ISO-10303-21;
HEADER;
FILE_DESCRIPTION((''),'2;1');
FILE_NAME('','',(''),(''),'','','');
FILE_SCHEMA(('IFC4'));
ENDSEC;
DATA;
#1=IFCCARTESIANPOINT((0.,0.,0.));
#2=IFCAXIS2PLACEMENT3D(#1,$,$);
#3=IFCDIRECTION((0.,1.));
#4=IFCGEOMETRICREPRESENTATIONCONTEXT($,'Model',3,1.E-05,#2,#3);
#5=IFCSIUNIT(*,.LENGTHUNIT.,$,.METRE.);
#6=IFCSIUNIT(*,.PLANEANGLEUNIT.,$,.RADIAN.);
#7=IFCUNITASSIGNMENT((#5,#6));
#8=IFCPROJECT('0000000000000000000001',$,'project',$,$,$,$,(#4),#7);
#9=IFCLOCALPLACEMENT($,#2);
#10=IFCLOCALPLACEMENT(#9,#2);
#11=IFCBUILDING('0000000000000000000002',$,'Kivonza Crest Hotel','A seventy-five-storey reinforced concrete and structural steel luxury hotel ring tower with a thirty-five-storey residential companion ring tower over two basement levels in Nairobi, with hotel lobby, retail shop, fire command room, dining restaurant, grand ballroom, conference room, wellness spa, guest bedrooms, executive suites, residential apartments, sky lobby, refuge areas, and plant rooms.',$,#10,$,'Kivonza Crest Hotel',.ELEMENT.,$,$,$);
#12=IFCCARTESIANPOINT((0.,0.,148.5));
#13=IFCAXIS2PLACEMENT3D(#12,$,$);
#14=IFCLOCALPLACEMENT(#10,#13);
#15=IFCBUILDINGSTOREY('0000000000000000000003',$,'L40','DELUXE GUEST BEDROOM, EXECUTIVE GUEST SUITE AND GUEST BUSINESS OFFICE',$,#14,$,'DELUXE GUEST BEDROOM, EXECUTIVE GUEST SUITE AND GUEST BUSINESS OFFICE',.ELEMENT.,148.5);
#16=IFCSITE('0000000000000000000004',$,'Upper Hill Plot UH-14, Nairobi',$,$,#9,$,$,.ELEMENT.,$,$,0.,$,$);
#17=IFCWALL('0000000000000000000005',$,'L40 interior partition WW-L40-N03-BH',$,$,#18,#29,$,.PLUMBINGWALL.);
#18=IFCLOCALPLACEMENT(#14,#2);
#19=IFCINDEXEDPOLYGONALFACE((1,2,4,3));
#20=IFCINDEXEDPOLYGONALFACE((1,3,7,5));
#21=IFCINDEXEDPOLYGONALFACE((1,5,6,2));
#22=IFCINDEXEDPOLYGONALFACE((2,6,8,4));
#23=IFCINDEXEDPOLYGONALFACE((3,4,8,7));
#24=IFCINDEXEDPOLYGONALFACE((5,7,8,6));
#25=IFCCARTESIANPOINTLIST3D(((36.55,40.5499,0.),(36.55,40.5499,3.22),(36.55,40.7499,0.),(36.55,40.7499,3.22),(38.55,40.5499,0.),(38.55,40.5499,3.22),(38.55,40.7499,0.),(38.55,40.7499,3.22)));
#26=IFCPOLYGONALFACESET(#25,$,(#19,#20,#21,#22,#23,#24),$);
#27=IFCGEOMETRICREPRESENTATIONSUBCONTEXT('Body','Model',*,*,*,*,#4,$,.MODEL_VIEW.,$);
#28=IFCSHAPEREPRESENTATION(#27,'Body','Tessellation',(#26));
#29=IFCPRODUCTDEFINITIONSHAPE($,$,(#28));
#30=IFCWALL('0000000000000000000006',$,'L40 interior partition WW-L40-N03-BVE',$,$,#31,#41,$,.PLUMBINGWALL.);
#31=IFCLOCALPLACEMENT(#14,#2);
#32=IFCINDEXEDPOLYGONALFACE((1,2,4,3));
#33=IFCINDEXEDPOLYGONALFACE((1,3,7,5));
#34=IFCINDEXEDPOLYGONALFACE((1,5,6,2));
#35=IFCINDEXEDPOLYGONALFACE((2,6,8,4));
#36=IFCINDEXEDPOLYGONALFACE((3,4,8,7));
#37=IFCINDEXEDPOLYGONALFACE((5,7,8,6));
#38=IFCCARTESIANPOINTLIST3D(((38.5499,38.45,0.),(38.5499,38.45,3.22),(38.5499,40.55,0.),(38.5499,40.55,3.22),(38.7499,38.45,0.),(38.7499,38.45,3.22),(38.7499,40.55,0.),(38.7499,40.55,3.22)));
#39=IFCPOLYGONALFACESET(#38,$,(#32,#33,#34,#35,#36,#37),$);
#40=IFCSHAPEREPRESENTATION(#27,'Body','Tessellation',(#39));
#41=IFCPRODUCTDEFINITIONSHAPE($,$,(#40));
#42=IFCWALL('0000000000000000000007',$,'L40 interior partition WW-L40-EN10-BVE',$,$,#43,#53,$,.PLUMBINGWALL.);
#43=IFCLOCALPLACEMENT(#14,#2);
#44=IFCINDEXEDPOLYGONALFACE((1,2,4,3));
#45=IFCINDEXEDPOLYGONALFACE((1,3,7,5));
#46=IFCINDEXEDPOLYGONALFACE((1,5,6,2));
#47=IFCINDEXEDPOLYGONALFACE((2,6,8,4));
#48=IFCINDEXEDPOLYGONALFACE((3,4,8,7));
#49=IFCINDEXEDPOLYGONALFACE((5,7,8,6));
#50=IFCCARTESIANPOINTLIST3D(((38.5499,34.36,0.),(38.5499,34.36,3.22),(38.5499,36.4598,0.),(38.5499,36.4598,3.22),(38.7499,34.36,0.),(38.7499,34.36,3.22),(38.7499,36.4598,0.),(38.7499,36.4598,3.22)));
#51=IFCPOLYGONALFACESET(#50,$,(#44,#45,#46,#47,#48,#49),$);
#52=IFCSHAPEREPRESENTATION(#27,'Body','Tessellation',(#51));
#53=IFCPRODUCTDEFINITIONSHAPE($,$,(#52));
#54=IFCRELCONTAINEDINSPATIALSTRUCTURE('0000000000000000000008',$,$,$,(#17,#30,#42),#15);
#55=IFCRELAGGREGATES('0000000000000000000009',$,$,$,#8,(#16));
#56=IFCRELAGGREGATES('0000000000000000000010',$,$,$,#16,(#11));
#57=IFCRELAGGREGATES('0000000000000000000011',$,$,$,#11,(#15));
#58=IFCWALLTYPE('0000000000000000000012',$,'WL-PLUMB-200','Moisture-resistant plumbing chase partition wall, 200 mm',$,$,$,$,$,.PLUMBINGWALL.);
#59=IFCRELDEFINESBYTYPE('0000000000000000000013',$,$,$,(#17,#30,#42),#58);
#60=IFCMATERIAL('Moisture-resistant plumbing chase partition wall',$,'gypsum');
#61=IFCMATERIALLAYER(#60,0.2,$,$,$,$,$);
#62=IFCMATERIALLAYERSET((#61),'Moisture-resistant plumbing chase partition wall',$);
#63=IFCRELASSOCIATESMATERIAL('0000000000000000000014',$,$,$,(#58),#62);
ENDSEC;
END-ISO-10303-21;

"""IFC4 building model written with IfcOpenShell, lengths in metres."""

from ifc_helpers import new_model, si_unit, direction, frame, frame_2d, origin, place, context, subcontext, project, spatial, rectangle, extrude, material, layer, layer_set, type_object, element, save


model = new_model("IFC4")

# Units and contexts
model_context = context("Model", 3, precision=1e-05, world=origin(), true_north=direction((0.0, 1.0)))
body_context = subcontext(model_context, "Body", "Model", "MODEL_VIEW")
ifc_project = project(units=[si_unit("LENGTHUNIT", "METRE"), si_unit("PLANEANGLEUNIT", "RADIAN")], contexts=[model_context])

# Site, building, storey
site_placement = place(None, origin())
site = spatial("IfcSite", under=ifc_project, at=site_placement, Name="Upper Hill Plot UH-14, Nairobi", CompositionType="ELEMENT", RefElevation=0.0)
building_placement = place(site_placement, origin())
building = spatial("IfcBuilding", under=site, at=building_placement, Name="Kivonza Crest Hotel", Description="A seventy-five-storey reinforced concrete and structural steel luxury hotel ring tower with a thirty-five-storey residential companion ring tower over two basement levels in Nairobi, with hotel lobby, retail shop, fire command room, dining restaurant, grand ballroom, conference room, wellness spa, guest bedrooms, executive suites, residential apartments, sky lobby, refuge areas, and plant rooms.", LongName="Kivonza Crest Hotel", CompositionType="ELEMENT")
storey_placement = place(building_placement, frame((0.0, 0.0, 148.5)))
storey = spatial("IfcBuildingStorey", under=building, at=storey_placement, Name="L40", Description="DELUXE GUEST BEDROOM, EXECUTIVE GUEST SUITE AND GUEST BUSINESS OFFICE", LongName="DELUXE GUEST BEDROOM, EXECUTIVE GUEST SUITE AND GUEST BUSINESS OFFICE", CompositionType="ELEMENT", Elevation=148.5)

# Shared definitions
ifc_material_1 = material(Name="Moisture-resistant plumbing chase partition wall", Category="gypsum")
ifc_layer_1 = layer(ifc_material_1, 0.2)
ifc_layer_set_1 = layer_set([ifc_layer_1], Name="Moisture-resistant plumbing chase partition wall")
wall_type_1 = type_object("IfcWallType", Name="WL-PLUMB-200", Description="Moisture-resistant plumbing chase partition wall, 200 mm", PredefinedType="PLUMBINGWALL", material=ifc_layer_set_1)

# Walls
wall_1_placement = place(storey_placement, frame((36.55, 40.6499, 0.0), z_axis=(0.0, 0.0, 1.0), x_axis=(1.0, 0.0, 0.0)))
element("IfcWall", 1, at=wall_1_placement, inside=storey, type_object=wall_type_1, Name="L40 interior partition WW-L40-N03-BH", PredefinedType="PLUMBINGWALL", context=body_context, shape_type="SweptSolid", body=[
    extrude(rectangle(XDim=2.0, YDim=0.2, at=frame_2d((1.0, 0.0))), origin(), (0.0, 0.0, 1.0), 3.22),
])
wall_2_placement = place(storey_placement, frame((38.6499, 38.45, 0.0), z_axis=(0.0, 0.0, 1.0), x_axis=(0.0, 1.0, 0.0)))
element("IfcWall", 2, at=wall_2_placement, inside=storey, type_object=wall_type_1, Name="L40 interior partition WW-L40-N03-BVE", PredefinedType="PLUMBINGWALL", context=body_context, shape_type="SweptSolid", body=[
    extrude(rectangle(XDim=2.1001, YDim=0.2, at=frame_2d((1.05, 0.0))), origin(), (0.0, 0.0, 1.0), 3.22),
])
wall_3_placement = place(storey_placement, frame((38.6499, 34.3601, 0.0), z_axis=(0.0, 0.0, 1.0), x_axis=(0.0, 1.0, 0.0)))
element("IfcWall", 3, at=wall_3_placement, inside=storey, type_object=wall_type_1, Name="L40 interior partition WW-L40-EN10-BVE", PredefinedType="PLUMBINGWALL", context=body_context, shape_type="SweptSolid", body=[
    extrude(rectangle(XDim=2.0999, YDim=0.2, at=frame_2d((1.0498, 0.0))), origin(), (0.0, 0.0, 1.0), 3.22),
])

save(model, "model.ifc")
